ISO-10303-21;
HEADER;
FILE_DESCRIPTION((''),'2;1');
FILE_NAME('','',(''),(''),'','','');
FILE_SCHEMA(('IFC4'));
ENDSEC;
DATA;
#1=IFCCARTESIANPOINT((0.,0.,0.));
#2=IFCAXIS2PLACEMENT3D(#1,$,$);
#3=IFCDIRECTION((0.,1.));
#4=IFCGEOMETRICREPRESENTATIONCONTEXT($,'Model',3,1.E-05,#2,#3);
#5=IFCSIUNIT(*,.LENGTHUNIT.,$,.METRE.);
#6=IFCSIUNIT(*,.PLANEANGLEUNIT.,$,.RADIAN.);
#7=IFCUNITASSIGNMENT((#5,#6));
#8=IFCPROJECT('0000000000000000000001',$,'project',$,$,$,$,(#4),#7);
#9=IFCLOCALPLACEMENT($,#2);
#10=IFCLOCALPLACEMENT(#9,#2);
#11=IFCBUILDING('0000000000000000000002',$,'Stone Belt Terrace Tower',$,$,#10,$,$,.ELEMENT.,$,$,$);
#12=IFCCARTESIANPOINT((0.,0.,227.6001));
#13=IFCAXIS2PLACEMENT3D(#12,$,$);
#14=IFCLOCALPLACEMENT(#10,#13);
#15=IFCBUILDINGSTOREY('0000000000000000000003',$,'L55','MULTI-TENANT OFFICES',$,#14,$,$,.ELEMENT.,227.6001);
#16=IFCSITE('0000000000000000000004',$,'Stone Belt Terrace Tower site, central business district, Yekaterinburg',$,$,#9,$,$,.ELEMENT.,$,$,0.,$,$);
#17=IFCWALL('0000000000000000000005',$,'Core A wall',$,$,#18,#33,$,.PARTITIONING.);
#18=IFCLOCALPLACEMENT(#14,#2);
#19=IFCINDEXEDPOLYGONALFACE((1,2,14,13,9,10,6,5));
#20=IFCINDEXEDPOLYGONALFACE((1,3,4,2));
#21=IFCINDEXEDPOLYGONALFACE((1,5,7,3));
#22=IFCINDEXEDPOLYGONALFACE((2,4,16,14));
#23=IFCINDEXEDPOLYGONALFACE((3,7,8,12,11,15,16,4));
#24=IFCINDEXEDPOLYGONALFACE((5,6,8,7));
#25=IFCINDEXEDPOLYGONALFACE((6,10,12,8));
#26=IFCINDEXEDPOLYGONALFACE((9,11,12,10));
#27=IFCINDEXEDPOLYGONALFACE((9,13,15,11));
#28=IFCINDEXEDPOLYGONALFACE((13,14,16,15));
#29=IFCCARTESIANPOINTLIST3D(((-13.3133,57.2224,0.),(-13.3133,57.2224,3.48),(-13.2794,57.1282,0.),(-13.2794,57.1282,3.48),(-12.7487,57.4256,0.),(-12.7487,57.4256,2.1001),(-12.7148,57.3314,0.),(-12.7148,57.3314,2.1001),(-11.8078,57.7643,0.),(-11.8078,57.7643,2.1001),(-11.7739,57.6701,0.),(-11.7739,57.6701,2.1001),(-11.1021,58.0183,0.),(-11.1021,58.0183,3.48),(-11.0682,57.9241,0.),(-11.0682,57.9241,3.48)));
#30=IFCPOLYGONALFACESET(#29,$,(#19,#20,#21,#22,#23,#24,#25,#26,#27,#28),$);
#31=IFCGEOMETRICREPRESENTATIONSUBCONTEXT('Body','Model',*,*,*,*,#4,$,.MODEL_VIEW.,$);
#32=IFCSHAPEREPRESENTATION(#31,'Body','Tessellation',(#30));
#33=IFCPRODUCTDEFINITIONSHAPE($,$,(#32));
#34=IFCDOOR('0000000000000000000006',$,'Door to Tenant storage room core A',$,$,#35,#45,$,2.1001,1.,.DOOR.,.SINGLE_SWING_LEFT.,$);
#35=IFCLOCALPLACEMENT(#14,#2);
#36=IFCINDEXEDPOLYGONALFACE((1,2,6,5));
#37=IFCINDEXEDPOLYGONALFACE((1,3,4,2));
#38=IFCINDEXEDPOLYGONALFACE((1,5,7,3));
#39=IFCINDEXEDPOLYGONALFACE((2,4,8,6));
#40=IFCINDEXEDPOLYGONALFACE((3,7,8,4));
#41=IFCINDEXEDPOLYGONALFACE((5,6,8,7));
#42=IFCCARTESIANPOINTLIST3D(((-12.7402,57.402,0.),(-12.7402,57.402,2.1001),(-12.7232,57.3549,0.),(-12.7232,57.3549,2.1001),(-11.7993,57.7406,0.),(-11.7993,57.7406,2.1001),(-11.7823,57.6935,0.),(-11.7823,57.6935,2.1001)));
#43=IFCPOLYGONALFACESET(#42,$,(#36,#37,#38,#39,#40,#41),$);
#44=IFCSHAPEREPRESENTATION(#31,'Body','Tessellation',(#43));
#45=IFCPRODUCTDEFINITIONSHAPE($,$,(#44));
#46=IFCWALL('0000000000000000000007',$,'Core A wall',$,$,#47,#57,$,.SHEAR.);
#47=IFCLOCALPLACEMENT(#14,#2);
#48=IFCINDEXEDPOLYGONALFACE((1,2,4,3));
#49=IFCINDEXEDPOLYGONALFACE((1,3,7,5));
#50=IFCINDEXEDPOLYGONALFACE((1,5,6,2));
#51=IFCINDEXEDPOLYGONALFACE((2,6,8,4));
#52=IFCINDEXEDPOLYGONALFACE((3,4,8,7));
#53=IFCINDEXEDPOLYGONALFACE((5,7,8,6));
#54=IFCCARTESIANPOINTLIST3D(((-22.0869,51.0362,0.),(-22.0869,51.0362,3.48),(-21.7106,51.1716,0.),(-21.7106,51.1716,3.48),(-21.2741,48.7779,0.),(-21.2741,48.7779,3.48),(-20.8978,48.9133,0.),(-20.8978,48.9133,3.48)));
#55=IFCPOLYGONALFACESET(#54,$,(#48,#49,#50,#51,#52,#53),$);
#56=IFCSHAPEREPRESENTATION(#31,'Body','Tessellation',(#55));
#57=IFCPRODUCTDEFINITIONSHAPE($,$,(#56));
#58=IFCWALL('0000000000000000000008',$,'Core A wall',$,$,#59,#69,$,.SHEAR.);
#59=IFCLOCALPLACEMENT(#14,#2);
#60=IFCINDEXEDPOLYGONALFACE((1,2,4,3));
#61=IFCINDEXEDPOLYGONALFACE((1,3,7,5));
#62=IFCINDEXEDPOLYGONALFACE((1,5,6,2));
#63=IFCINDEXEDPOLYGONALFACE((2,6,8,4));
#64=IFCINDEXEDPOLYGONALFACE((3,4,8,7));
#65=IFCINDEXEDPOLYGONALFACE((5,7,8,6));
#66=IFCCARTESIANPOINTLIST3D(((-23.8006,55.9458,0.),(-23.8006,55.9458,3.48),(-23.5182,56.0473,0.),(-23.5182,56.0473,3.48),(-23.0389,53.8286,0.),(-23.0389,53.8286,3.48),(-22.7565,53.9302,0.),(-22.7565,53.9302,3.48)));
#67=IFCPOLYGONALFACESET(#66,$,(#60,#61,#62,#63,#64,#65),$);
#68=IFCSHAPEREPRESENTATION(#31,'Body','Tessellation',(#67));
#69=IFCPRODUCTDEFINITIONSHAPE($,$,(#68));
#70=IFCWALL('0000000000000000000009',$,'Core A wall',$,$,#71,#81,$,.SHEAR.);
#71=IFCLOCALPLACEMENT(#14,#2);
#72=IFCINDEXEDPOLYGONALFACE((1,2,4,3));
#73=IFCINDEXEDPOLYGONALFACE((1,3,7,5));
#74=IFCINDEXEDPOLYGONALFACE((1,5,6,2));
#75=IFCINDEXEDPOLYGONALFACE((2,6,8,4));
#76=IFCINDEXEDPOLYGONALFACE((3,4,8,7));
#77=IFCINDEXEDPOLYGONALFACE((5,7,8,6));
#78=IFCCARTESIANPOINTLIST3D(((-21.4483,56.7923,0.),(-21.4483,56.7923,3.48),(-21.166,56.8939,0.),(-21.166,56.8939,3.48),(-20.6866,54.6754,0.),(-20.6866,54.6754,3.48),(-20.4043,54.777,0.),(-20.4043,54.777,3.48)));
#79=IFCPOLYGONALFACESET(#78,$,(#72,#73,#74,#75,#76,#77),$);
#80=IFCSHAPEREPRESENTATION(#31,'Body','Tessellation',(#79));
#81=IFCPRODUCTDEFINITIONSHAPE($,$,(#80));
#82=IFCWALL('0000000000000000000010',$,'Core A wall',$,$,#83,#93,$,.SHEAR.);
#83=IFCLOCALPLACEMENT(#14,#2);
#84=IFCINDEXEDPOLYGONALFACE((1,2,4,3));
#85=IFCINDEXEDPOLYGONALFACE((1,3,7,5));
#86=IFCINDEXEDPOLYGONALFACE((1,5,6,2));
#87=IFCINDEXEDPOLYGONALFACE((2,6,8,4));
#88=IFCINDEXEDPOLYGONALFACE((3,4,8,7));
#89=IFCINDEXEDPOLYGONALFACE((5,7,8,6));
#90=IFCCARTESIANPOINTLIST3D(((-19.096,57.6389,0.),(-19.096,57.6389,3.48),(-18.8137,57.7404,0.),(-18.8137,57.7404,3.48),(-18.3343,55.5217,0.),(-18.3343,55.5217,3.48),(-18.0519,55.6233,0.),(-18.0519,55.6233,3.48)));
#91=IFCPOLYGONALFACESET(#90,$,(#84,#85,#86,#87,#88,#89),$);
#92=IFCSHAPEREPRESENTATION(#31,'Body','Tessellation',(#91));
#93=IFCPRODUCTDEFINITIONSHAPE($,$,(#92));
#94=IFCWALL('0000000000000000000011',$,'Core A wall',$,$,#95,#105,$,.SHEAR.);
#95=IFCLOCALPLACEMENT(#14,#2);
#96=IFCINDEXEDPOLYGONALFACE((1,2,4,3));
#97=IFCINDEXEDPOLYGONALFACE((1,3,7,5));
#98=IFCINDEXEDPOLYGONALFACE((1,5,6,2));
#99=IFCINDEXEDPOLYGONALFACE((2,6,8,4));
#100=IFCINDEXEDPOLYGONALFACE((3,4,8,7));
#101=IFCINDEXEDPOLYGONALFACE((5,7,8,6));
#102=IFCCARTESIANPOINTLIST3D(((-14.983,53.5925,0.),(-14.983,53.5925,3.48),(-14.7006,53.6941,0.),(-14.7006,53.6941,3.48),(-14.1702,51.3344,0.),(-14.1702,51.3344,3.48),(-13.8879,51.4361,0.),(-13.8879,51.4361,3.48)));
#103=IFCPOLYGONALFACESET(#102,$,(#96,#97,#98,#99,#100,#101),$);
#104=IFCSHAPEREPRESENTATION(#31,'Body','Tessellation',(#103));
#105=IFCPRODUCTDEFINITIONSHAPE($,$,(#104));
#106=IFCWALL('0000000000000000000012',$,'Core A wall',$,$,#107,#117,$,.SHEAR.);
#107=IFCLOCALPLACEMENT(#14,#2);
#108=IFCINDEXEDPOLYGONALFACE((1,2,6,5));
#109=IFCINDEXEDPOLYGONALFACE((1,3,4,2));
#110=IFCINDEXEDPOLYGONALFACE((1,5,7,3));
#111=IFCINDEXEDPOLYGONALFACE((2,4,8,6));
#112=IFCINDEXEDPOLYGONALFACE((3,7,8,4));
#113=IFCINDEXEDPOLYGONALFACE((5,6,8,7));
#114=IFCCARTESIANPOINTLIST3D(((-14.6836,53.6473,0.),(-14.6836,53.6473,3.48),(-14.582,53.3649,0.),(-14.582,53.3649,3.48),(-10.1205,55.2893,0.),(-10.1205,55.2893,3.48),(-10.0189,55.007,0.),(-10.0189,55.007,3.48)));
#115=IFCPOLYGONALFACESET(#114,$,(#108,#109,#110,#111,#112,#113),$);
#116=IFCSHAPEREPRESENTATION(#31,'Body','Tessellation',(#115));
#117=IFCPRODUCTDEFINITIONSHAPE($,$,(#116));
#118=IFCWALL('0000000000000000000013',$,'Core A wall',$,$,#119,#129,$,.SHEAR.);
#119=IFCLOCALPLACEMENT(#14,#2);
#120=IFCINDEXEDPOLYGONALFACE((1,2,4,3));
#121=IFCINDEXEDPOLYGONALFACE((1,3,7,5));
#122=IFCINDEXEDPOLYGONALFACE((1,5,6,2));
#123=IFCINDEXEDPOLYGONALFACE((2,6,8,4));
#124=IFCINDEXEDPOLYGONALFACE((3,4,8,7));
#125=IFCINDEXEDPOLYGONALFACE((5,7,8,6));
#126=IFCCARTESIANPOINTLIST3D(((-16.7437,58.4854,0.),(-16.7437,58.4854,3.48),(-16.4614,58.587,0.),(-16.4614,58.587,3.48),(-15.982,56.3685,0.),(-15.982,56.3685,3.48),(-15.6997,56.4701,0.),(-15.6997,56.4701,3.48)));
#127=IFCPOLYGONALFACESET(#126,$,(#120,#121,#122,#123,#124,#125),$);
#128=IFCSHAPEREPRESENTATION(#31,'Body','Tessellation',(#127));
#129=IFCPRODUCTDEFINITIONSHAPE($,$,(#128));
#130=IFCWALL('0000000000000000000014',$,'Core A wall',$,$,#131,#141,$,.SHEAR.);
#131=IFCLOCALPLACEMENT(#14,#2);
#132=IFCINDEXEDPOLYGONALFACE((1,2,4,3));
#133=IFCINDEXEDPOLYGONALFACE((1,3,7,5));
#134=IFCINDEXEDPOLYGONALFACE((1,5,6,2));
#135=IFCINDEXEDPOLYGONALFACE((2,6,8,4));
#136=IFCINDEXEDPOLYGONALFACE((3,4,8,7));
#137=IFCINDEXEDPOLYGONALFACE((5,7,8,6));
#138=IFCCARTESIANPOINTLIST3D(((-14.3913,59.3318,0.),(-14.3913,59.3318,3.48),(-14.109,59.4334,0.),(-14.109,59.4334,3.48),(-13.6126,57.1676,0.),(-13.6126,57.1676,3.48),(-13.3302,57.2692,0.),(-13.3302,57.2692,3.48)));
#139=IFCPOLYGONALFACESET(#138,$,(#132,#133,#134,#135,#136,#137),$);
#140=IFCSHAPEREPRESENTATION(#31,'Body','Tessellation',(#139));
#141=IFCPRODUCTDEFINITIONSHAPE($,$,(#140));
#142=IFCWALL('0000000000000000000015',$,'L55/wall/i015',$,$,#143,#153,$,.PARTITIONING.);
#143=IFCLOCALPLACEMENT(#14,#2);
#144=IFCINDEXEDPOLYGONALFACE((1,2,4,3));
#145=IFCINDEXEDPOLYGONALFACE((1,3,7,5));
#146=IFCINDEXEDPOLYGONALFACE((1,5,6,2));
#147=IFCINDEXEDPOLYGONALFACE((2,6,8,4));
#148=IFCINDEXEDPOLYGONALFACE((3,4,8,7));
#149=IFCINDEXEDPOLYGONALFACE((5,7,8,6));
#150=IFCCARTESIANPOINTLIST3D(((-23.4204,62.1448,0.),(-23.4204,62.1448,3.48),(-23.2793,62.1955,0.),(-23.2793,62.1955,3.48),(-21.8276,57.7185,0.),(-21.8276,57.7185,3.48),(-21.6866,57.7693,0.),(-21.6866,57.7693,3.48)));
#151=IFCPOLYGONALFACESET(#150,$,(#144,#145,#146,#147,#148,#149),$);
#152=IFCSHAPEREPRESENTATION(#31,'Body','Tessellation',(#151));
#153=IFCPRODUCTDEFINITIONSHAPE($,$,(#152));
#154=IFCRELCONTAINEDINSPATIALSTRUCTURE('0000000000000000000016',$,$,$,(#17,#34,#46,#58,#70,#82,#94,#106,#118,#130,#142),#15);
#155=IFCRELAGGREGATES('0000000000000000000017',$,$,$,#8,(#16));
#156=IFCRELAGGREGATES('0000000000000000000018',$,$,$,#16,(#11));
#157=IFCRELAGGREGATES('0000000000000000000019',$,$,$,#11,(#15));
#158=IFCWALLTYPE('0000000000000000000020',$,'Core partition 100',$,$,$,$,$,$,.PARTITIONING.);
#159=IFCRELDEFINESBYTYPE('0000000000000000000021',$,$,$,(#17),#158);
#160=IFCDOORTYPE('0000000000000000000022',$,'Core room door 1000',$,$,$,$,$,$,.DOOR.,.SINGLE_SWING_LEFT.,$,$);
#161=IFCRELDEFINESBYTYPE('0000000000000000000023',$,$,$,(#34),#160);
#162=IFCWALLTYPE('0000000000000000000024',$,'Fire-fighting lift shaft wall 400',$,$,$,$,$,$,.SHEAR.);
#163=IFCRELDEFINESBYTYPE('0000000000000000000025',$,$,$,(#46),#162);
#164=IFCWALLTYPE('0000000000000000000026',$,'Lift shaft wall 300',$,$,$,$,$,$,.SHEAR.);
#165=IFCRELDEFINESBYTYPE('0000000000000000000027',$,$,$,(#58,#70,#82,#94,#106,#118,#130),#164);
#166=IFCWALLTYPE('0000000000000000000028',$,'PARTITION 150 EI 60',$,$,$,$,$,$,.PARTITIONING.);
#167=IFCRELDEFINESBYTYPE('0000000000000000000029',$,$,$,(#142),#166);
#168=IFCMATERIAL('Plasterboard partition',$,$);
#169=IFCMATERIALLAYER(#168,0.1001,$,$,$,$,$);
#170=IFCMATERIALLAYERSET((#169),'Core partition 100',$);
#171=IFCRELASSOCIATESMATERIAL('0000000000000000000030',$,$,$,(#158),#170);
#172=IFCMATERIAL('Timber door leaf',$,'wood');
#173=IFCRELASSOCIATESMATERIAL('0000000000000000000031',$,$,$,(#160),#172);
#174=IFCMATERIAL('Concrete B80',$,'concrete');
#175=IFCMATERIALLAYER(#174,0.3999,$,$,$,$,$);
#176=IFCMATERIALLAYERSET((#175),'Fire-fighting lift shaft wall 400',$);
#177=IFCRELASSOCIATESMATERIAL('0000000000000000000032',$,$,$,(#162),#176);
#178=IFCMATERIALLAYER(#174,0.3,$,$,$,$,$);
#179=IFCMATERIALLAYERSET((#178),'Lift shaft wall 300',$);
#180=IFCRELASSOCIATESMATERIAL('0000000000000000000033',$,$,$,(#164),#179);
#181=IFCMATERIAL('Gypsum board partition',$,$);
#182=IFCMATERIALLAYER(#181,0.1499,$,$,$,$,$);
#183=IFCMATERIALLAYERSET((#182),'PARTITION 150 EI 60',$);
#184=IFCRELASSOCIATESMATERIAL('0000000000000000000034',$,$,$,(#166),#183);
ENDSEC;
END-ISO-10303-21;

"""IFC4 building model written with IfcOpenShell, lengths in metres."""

from ifc_helpers import new_model, si_unit, direction, frame, frame_2d, origin, place, context, subcontext, project, spatial, rectangle, extrude, material, layer, layer_set, type_object, element, fill, save


model = new_model("IFC4")

# Units and contexts
model_context = context("Model", 3, precision=1e-05, world=origin(), true_north=direction((0.0, 1.0)))
body_context = subcontext(model_context, "Body", "Model", "MODEL_VIEW")
ifc_project = project(units=[si_unit("LENGTHUNIT", "METRE"), si_unit("PLANEANGLEUNIT", "RADIAN")], contexts=[model_context])

# Site, building, storey
site_placement = place(None, origin())
site = spatial("IfcSite", under=ifc_project, at=site_placement, Name="Stone Belt Terrace Tower site, central business district, Yekaterinburg", CompositionType="ELEMENT", RefElevation=0.0)
building_placement = place(site_placement, origin())
building = spatial("IfcBuilding", under=site, at=building_placement, Name="Stone Belt Terrace Tower", CompositionType="ELEMENT")
storey_placement = place(building_placement, frame((0.0, 0.0, 227.6001)))
storey = spatial("IfcBuildingStorey", under=building, at=storey_placement, Name="L55", Description="MULTI-TENANT OFFICES", CompositionType="ELEMENT", Elevation=227.6001)

# Shared definitions
ifc_material_1 = material(Name="Plasterboard partition")
ifc_layer_1 = layer(ifc_material_1, 0.1001)
ifc_layer_set_1 = layer_set([ifc_layer_1], Name="Core partition 100")
wall_type_1 = type_object("IfcWallType", Name="Core partition 100", PredefinedType="PARTITIONING", material=ifc_layer_set_1)
ifc_material_2 = material(Name="Timber door leaf", Category="wood")
door_type_1 = type_object("IfcDoorType", Name="Core room door 1000", OperationType="SINGLE_SWING_LEFT", PredefinedType="DOOR", material=ifc_material_2)

# Wall, opening, door
wall_1_placement = place(storey_placement, frame((-13.2964, 57.1753, 0.0), z_axis=(0.0, 0.0, 1.0), x_axis=(0.940905, 0.338672, 0.0)))
wall_1 = element("IfcWall", 1, at=wall_1_placement, inside=storey, type_object=wall_type_1, Name="Core A wall", PredefinedType="PARTITIONING", context=body_context, shape_type="SweptSolid", body=[
    extrude(rectangle(XDim=2.3501, YDim=0.1001, at=frame_2d((1.175, 0.0))), origin(), (0.0, 0.0, 1.0), 3.48),
])
opening_1_placement = place(wall_1_placement, frame((0.6001, 0.0, 0.0)))
opening_1 = element("IfcOpeningElement", 2, at=opening_1_placement, cuts=wall_1, PredefinedType="OPENING", context=body_context, shape_type="SweptSolid", body=[
    extrude(rectangle(XDim=1.0, YDim=2.1001, at=frame_2d((0.5, 1.05))), frame((0.0, 0.0601, 0.0), z_axis=(0.0, -1.0, 0.0), x_axis=(1.0, 0.0, 0.0)), (0.0, 0.0, 1.0), 0.1201),
])
door_1_placement = place(opening_1_placement, origin())
door_1 = element("IfcDoor", 3, at=door_1_placement, inside=storey, type_object=door_type_1, Name="Door to Tenant storage room core A", OperationType="SINGLE_SWING_LEFT", OverallHeight=2.1001, OverallWidth=1.0, PredefinedType="DOOR", context=body_context, shape_type="SweptSolid", body=[
    extrude(rectangle(XDim=1.0, YDim=2.1001, at=frame_2d((0.5, 1.05))), frame((0.0, 0.0249, 0.0), z_axis=(0.0, -1.0, 0.0), x_axis=(1.0, 0.0, 0.0)), (0.0, 0.0, 1.0), 0.05),
])
fill(opening_1, door_1)

# Walls
ifc_material_3 = material(Name="Concrete B80", Category="concrete")
ifc_layer_2 = layer(ifc_material_3, 0.3999)
ifc_layer_set_2 = layer_set([ifc_layer_2], Name="Fire-fighting lift shaft wall 400")
wall_type_2 = type_object("IfcWallType", Name="Fire-fighting lift shaft wall 400", PredefinedType="SHEAR", material=ifc_layer_set_2)
wall_2_placement = place(storey_placement, frame((-21.0859, 48.8455, 0.0), z_axis=(0.0, 0.0, 1.0), x_axis=(-0.338629, 0.94092, 0.0)))
element("IfcWall", 4, at=wall_2_placement, inside=storey, type_object=wall_type_2, Name="Core A wall", PredefinedType="SHEAR", context=body_context, shape_type="SweptSolid", body=[
    extrude(rectangle(XDim=2.4001, YDim=0.3999, at=frame_2d((1.2002, 0.0))), origin(), (0.0, 0.0, 1.0), 3.48),
])
ifc_layer_3 = layer(ifc_material_3, 0.3)
ifc_layer_set_3 = layer_set([ifc_layer_3], Name="Lift shaft wall 300")
wall_type_3 = type_object("IfcWallType", Name="Lift shaft wall 300", PredefinedType="SHEAR", material=ifc_layer_set_3)
wall_3_placement = place(storey_placement, frame((-22.8977, 53.8794, 0.0), z_axis=(0.0, 0.0, 1.0), x_axis=(-0.338535, 0.940954, 0.0)))
element("IfcWall", 5, at=wall_3_placement, inside=storey, type_object=wall_type_3, Name="Core A wall", PredefinedType="SHEAR", context=body_context, shape_type="SweptSolid", body=[
    extrude(rectangle(XDim=2.25, YDim=0.3, at=frame_2d((1.125, 0.0))), origin(), (0.0, 0.0, 1.0), 3.48),
])
wall_4_placement = place(storey_placement, frame((-20.5454, 54.7261, 0.0), z_axis=(0.0, 0.0, 1.0), x_axis=(-0.33857, 0.940941, 0.0)))
element("IfcWall", 6, at=wall_4_placement, inside=storey, type_object=wall_type_3, Name="Core A wall", PredefinedType="SHEAR", context=body_context, shape_type="SweptSolid", body=[
    extrude(rectangle(XDim=2.2498, YDim=0.3, at=frame_2d((1.125, 0.0))), origin(), (0.0, 0.0, 1.0), 3.48),
])
wall_5_placement = place(storey_placement, frame((-18.1931, 55.5725, 0.0), z_axis=(0.0, 0.0, 1.0), x_axis=(-0.338535, 0.940954, 0.0)))
element("IfcWall", 7, at=wall_5_placement, inside=storey, type_object=wall_type_3, Name="Core A wall", PredefinedType="SHEAR", context=body_context, shape_type="SweptSolid", body=[
    extrude(rectangle(XDim=2.25, YDim=0.3, at=frame_2d((1.125, 0.0))), origin(), (0.0, 0.0, 1.0), 3.48),
])
wall_6_placement = place(storey_placement, frame((-14.0291, 51.3853, 0.0), z_axis=(0.0, 0.0, 1.0), x_axis=(-0.338662, 0.940908, 0.0)))
element("IfcWall", 8, at=wall_6_placement, inside=storey, type_object=wall_type_3, Name="Core A wall", PredefinedType="SHEAR", context=body_context, shape_type="SweptSolid", body=[
    extrude(rectangle(XDim=2.3999, YDim=0.3, at=frame_2d((1.2, 0.0))), origin(), (0.0, 0.0, 1.0), 3.48),
])
wall_7_placement = place(storey_placement, frame((-14.6328, 53.5061, 0.0), z_axis=(0.0, 0.0, 1.0), x_axis=(0.940932, 0.338596, 0.0)))
element("IfcWall", 9, at=wall_7_placement, inside=storey, type_object=wall_type_3, Name="Core A wall", PredefinedType="SHEAR", context=body_context, shape_type="SweptSolid", body=[
    extrude(rectangle(XDim=4.8496, YDim=0.3, at=frame_2d((2.4248, 0.0))), origin(), (0.0, 0.0, 1.0), 3.48),
])
wall_8_placement = place(storey_placement, frame((-15.8408, 56.4192, 0.0), z_axis=(0.0, 0.0, 1.0), x_axis=(-0.33857, 0.940941, 0.0)))
element("IfcWall", 10, at=wall_8_placement, inside=storey, type_object=wall_type_3, Name="Core A wall", PredefinedType="SHEAR", context=body_context, shape_type="SweptSolid", body=[
    extrude(rectangle(XDim=2.2498, YDim=0.3, at=frame_2d((1.125, 0.0))), origin(), (0.0, 0.0, 1.0), 3.48),
])
wall_9_placement = place(storey_placement, frame((-13.4714, 57.2185, 0.0), z_axis=(0.0, 0.0, 1.0), x_axis=(-0.338588, 0.940935, 0.0)))
element("IfcWall", 11, at=wall_9_placement, inside=storey, type_object=wall_type_3, Name="Core A wall", PredefinedType="SHEAR", context=body_context, shape_type="SweptSolid", body=[
    extrude(rectangle(XDim=2.3, YDim=0.3, at=frame_2d((1.1499, 0.0))), origin(), (0.0, 0.0, 1.0), 3.48),
])
ifc_material_4 = material(Name="Gypsum board partition")
ifc_layer_4 = layer(ifc_material_4, 0.1499)
ifc_layer_set_4 = layer_set([ifc_layer_4], Name="PARTITION 150 EI 60")
wall_type_4 = type_object("IfcWallType", Name="PARTITION 150 EI 60", PredefinedType="PARTITIONING", material=ifc_layer_set_4)
wall_10_placement = place(storey_placement, frame((-23.3499, 62.1702, 0.0), z_axis=(0.0, 0.0, 1.0), x_axis=(0.338591, -0.940934, 0.0)))
element("IfcWall", 12, at=wall_10_placement, inside=storey, type_object=wall_type_4, Name="L55/wall/i015", PredefinedType="PARTITIONING", context=body_context, shape_type="SweptSolid", body=[
    extrude(rectangle(XDim=4.7041, YDim=0.1499, at=frame_2d((2.3521, 0.0))), origin(), (0.0, 0.0, 1.0), 3.48),
])

save(model, "model.ifc")
